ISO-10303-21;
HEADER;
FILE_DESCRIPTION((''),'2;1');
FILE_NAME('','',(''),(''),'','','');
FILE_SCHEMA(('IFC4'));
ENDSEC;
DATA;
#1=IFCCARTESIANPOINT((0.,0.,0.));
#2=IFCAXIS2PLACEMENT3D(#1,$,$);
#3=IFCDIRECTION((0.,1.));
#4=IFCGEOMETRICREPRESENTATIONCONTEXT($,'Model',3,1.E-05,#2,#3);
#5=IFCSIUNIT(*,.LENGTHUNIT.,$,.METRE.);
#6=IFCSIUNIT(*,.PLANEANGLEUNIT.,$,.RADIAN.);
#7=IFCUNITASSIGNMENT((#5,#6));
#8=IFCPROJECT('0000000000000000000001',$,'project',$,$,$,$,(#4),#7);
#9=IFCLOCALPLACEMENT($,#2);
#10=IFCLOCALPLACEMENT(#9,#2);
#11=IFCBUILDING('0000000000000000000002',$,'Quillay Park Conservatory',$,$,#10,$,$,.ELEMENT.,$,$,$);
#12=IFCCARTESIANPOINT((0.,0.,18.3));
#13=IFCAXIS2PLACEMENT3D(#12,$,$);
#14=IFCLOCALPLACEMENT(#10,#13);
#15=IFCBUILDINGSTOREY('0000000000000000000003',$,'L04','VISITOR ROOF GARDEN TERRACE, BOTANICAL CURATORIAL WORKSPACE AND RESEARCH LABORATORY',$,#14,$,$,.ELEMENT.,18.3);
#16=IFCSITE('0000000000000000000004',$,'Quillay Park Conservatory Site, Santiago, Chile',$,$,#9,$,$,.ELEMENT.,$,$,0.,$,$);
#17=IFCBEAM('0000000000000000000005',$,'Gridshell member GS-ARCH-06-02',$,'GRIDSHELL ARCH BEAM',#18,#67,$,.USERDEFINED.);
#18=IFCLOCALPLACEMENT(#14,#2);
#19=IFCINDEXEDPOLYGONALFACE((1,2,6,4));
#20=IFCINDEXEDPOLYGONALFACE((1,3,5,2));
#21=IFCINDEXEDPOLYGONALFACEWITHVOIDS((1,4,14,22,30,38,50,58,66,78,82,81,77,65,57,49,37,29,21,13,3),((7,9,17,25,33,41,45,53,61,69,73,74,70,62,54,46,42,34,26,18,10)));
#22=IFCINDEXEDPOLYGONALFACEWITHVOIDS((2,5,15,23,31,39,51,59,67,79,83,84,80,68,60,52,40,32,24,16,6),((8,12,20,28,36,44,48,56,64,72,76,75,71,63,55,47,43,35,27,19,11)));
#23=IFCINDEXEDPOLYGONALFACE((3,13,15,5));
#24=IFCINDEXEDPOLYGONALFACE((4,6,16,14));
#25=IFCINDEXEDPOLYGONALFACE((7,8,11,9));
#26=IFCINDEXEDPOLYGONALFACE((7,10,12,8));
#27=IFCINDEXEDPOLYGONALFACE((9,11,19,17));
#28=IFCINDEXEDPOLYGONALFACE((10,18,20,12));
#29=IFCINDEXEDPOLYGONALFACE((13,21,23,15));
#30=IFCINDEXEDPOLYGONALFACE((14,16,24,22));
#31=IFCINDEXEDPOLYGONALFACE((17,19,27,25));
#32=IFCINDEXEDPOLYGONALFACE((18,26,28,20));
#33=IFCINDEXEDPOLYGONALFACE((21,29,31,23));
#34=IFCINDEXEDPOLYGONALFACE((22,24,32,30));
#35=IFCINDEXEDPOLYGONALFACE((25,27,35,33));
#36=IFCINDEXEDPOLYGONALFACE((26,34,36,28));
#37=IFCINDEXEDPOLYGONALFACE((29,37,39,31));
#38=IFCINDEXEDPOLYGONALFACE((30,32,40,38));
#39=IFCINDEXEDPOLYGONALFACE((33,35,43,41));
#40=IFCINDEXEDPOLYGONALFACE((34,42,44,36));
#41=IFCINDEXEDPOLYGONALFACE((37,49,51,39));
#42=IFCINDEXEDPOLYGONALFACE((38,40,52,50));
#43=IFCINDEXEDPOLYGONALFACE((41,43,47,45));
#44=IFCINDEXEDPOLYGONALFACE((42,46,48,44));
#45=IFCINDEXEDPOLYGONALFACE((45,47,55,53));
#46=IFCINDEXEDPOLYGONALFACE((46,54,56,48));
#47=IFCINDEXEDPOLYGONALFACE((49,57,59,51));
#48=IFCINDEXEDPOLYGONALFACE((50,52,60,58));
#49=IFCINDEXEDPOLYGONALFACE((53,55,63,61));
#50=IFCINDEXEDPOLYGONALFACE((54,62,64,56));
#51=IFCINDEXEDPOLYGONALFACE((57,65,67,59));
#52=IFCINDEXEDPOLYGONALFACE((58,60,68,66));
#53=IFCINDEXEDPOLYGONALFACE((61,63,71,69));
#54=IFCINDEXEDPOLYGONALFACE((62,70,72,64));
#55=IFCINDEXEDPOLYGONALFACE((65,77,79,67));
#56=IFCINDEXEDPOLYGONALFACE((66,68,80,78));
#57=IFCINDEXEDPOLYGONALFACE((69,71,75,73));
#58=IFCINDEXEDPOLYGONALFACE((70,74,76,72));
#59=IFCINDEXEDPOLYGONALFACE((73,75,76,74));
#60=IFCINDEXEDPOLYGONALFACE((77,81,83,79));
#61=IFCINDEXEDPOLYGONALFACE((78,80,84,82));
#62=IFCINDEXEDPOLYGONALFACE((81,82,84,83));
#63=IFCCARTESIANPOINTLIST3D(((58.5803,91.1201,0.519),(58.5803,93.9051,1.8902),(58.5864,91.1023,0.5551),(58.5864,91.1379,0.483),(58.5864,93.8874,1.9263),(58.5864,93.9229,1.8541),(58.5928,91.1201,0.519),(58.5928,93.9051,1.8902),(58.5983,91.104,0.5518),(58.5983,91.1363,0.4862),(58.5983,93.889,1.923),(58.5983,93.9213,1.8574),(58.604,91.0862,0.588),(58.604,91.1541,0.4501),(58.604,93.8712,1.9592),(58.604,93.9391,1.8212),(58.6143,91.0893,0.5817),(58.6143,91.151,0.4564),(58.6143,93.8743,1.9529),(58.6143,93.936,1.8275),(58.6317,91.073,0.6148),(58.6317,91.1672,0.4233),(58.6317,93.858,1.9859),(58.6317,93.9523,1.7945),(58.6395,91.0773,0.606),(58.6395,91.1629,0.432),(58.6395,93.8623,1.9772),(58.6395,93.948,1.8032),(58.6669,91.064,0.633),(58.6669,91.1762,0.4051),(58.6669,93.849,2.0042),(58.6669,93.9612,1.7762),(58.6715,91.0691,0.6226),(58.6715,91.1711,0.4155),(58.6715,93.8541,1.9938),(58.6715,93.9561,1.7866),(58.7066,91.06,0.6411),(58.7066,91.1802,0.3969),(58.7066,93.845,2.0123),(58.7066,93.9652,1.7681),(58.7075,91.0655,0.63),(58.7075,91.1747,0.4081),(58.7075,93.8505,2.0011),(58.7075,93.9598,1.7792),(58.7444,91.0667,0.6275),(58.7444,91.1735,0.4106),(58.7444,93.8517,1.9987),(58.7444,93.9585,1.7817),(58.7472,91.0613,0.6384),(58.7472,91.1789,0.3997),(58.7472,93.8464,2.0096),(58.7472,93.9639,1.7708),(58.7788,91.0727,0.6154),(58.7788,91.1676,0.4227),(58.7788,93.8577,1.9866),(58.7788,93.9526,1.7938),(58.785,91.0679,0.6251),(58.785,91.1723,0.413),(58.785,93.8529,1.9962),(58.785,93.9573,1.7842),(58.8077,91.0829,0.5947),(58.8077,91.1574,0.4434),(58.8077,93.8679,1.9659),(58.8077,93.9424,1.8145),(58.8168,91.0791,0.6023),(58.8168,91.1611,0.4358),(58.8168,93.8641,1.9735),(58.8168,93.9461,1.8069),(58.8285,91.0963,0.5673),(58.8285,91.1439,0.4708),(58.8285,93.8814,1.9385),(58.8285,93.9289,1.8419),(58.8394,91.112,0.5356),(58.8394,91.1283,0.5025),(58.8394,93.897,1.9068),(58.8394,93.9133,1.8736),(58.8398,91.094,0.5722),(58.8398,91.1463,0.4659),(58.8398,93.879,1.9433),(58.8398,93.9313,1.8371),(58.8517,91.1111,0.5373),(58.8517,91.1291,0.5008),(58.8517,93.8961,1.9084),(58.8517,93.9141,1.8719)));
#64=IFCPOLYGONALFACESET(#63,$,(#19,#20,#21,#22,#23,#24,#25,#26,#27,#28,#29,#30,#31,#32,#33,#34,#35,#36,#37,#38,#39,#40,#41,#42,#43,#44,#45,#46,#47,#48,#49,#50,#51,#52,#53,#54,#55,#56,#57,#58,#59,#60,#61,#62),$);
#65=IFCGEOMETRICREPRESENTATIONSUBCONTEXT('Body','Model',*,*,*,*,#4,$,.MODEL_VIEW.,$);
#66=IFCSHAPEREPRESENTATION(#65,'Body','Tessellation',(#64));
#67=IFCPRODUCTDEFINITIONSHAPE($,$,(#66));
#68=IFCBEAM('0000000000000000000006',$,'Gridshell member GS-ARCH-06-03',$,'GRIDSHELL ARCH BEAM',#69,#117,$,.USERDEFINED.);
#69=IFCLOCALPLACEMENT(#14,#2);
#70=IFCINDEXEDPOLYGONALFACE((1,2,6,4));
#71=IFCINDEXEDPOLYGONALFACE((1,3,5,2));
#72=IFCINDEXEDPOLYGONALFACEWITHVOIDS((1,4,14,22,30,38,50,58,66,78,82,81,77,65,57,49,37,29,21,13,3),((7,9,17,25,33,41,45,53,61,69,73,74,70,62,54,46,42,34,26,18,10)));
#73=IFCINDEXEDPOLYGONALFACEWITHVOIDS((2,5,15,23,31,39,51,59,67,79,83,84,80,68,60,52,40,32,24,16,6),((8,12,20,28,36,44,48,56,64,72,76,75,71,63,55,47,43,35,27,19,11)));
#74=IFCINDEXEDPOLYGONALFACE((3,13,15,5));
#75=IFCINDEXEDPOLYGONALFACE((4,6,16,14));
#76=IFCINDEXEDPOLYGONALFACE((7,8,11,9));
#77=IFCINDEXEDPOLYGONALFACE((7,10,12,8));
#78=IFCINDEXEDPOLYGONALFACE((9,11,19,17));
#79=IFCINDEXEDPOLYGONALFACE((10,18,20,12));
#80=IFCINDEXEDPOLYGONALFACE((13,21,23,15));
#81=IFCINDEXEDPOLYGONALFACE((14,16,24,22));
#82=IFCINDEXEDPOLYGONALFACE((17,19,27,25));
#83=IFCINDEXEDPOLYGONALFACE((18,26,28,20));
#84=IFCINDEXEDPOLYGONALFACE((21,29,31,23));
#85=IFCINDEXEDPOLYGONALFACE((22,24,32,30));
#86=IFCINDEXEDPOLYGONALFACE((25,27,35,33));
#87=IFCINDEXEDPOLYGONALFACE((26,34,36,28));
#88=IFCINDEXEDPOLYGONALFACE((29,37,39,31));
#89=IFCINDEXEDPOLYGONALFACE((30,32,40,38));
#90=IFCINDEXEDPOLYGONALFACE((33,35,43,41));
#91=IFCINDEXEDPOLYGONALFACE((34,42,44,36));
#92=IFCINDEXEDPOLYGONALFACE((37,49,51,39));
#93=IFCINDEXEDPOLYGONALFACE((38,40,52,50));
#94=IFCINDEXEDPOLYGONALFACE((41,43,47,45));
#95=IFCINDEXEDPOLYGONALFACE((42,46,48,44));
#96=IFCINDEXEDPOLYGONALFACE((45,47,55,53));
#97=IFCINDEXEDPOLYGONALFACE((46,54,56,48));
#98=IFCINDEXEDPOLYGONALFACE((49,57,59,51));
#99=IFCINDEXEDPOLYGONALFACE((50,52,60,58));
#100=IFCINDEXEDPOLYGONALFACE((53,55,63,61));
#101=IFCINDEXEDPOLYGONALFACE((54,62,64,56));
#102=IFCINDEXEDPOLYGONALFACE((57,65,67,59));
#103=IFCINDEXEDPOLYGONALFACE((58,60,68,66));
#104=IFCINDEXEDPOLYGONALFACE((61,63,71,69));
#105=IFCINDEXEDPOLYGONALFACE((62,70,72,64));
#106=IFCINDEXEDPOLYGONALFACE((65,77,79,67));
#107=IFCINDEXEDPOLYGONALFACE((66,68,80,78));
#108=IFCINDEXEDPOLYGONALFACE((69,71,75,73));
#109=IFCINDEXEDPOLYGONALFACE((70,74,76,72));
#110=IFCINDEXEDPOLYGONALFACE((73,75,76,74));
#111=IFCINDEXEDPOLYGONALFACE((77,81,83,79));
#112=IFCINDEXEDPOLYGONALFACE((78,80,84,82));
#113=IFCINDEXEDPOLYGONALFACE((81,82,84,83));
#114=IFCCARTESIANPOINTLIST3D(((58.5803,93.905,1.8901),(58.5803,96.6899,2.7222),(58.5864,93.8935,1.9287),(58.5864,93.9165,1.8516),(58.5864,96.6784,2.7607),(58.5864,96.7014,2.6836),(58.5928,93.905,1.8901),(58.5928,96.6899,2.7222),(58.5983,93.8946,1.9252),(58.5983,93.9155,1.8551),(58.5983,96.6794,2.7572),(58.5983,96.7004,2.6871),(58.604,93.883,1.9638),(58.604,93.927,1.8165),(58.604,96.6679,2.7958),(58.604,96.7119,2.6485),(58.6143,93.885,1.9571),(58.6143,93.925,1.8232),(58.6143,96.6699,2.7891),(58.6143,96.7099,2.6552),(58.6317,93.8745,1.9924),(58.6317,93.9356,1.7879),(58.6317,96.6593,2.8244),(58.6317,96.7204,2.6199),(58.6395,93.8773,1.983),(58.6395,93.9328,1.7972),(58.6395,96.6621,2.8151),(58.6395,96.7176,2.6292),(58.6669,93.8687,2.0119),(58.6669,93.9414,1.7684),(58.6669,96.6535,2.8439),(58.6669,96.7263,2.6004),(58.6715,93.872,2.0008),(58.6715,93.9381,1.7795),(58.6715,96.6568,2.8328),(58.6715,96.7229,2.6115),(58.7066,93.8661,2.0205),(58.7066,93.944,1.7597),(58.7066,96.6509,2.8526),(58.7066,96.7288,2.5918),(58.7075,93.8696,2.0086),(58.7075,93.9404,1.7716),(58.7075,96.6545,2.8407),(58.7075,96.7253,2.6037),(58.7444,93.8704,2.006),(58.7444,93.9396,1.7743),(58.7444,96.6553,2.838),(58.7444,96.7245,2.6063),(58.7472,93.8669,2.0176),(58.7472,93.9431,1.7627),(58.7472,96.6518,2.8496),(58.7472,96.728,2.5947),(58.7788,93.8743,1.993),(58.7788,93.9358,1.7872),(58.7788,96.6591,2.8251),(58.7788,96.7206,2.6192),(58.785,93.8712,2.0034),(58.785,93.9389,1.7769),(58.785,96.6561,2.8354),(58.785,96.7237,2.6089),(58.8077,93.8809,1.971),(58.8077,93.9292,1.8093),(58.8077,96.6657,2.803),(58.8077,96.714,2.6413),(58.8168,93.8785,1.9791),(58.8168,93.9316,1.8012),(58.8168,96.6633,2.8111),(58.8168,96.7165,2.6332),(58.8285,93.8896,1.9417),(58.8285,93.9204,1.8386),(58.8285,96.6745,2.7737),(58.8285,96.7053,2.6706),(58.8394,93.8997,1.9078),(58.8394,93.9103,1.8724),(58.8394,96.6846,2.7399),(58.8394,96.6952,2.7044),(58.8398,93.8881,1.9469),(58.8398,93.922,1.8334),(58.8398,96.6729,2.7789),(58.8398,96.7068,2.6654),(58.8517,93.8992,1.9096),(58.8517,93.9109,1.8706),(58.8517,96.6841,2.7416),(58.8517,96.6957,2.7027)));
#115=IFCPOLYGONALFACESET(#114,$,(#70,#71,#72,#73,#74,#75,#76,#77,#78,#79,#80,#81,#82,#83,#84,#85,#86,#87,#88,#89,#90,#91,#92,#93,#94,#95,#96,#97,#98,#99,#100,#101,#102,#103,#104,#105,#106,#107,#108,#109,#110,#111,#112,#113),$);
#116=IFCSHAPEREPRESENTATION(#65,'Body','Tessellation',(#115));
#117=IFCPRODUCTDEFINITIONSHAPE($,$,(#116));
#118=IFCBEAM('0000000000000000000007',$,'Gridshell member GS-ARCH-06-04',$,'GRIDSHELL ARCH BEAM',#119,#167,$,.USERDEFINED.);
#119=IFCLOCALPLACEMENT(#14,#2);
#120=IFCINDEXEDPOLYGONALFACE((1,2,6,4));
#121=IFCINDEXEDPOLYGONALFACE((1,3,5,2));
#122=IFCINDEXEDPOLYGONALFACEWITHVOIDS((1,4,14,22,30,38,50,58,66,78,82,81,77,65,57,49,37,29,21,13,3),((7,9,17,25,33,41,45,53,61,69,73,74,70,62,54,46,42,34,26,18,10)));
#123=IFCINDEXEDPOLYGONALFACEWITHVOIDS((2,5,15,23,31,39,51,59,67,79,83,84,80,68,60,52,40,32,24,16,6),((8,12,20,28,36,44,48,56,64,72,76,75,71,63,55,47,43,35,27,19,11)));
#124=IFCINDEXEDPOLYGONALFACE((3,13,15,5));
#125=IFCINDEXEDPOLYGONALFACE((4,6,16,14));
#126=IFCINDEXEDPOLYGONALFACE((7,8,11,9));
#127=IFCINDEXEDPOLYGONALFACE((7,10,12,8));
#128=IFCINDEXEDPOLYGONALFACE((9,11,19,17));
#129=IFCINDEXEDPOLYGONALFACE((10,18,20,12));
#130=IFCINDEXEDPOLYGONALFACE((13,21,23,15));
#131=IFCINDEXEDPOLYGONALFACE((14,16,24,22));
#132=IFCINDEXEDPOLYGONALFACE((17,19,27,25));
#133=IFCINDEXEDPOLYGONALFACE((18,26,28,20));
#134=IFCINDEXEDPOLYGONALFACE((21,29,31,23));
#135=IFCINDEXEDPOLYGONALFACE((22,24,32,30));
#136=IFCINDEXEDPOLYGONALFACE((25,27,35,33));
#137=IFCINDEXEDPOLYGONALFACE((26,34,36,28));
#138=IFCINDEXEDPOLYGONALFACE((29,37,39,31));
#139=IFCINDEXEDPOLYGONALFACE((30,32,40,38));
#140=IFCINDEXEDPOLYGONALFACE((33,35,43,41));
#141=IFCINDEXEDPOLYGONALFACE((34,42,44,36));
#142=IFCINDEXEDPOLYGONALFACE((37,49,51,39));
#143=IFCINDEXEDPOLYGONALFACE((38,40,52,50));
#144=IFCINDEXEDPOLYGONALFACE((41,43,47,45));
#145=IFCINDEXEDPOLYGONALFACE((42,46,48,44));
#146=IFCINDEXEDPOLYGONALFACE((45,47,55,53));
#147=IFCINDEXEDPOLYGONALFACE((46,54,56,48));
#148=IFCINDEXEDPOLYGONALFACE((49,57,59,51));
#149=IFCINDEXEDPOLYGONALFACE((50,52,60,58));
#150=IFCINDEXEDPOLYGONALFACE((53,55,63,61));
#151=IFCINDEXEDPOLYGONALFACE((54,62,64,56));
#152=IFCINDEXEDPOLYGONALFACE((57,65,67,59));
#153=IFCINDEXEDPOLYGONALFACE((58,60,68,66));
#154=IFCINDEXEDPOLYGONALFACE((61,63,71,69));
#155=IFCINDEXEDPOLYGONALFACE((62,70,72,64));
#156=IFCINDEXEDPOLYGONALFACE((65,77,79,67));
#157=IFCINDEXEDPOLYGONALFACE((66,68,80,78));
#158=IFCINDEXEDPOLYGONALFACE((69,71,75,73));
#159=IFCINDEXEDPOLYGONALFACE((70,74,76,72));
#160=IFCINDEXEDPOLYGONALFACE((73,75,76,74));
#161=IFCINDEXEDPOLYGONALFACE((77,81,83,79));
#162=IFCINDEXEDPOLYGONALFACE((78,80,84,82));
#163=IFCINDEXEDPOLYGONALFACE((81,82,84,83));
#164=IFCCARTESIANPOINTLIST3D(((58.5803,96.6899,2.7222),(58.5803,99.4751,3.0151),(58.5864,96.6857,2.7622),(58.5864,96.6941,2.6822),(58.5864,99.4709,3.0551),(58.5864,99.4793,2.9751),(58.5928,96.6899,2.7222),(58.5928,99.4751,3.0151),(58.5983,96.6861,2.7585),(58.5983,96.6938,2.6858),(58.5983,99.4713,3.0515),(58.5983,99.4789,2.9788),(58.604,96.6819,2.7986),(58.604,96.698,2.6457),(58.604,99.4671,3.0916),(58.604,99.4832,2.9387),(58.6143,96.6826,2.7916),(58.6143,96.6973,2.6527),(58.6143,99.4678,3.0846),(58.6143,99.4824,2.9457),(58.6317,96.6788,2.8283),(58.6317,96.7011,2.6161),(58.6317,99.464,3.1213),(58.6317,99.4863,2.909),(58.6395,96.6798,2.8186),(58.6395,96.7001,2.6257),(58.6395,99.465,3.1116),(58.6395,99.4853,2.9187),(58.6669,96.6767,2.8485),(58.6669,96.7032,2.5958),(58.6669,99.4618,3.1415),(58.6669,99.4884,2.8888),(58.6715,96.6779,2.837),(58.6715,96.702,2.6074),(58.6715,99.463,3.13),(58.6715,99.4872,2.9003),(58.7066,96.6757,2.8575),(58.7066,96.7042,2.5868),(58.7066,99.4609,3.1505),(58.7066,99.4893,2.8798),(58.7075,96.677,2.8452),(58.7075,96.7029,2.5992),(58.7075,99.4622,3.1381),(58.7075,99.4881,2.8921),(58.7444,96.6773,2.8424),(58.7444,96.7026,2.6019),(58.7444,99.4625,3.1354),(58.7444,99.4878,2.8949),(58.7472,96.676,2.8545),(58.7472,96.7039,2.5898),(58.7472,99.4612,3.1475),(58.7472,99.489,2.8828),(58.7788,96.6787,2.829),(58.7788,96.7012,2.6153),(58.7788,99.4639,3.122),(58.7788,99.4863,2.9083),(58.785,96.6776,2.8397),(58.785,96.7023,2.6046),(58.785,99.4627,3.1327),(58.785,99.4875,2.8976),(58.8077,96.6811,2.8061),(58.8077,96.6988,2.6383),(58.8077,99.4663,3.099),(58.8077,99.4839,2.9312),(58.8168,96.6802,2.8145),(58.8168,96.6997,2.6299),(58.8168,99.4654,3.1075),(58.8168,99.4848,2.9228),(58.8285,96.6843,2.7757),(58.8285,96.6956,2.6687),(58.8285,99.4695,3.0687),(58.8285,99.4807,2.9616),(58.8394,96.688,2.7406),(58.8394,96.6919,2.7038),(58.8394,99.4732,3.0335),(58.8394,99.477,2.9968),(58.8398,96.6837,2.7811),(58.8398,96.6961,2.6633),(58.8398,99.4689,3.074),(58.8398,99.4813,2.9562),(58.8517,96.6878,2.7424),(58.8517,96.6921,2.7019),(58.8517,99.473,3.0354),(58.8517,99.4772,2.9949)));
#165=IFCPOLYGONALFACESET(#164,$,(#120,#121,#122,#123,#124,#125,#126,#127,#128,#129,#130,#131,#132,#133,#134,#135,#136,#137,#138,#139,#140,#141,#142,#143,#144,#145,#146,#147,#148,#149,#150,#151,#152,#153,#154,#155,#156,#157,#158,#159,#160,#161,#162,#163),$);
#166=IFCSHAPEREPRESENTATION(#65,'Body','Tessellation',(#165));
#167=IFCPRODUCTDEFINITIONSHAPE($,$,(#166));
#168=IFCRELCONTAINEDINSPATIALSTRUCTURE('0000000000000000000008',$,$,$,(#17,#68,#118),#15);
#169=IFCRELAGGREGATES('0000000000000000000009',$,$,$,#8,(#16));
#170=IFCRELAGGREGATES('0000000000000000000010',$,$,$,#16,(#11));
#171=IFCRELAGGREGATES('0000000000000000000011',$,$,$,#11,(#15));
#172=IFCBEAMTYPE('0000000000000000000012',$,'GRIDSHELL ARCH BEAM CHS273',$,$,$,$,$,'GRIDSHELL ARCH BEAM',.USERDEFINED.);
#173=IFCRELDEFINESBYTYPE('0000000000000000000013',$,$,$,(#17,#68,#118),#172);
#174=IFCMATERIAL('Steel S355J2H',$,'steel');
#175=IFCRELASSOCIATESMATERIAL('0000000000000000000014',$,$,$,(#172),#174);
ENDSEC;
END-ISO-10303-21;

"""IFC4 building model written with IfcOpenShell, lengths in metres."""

from ifc_helpers import new_model, si_unit, direction, frame, origin, origin_2d, place, context, subcontext, project, spatial, hollow_circle, extrude, material, material_profile, profile_set, type_object, element, save


model = new_model("IFC4")

# Units and contexts
model_context = context("Model", 3, precision=1e-05, world=origin(), true_north=direction((0.0, 1.0)))
body_context = subcontext(model_context, "Body", "Model", "MODEL_VIEW")
ifc_project = project(units=[si_unit("LENGTHUNIT", "METRE"), si_unit("PLANEANGLEUNIT", "RADIAN")], contexts=[model_context])

# Site, building, storey
site_placement = place(None, origin())
site = spatial("IfcSite", under=ifc_project, at=site_placement, Name="Quillay Park Conservatory Site, Santiago, Chile", CompositionType="ELEMENT", RefElevation=0.0)
building_placement = place(site_placement, origin())
building = spatial("IfcBuilding", under=site, at=building_placement, Name="Quillay Park Conservatory", CompositionType="ELEMENT")
storey_placement = place(building_placement, frame((0.0, 0.0, 18.3)))
storey = spatial("IfcBuildingStorey", under=building, at=storey_placement, Name="L04", Description="VISITOR ROOF GARDEN TERRACE, BOTANICAL CURATORIAL WORKSPACE AND RESEARCH LABORATORY", CompositionType="ELEMENT", Elevation=18.3)

# Beams
ifc_material_1 = material(Name="Steel S355J2H", Category="steel")
ifc_material_profile_1 = material_profile(ifc_material_1, hollow_circle(Radius=0.1365, WallThickness=0.0125, at=origin_2d()), Name="CHS273x12.5")
ifc_profile_set_1 = profile_set([ifc_material_profile_1], Name="Steel S355J2H")
beam_type = type_object("IfcBeamType", Name="GRIDSHELL ARCH BEAM CHS273", ElementType="GRIDSHELL ARCH BEAM", PredefinedType="USERDEFINED", material=ifc_profile_set_1)
beam_1_placement = place(storey_placement, frame((58.7168, 91.1201, 0.519), z_axis=(0.0, 0.897163, 0.4417), x_axis=(-1.0, 0.0, 0.0)))
element("IfcBeam", 1, at=beam_1_placement, inside=storey, type_object=beam_type, Name="Gridshell member GS-ARCH-06-02", ObjectType="GRIDSHELL ARCH BEAM", PredefinedType="USERDEFINED", context=body_context, shape_type="SweptSolid", body=[
    extrude(hollow_circle(Radius=0.1365, WallThickness=0.0125, at=origin_2d()), origin(), (0.0, 0.0, 1.0), 3.1042),
])
beam_2_placement = place(storey_placement, frame((58.7168, 93.905, 1.8901), z_axis=(0.0, 0.958152, 0.286261), x_axis=(-1.0, 0.0, 0.0)))
element("IfcBeam", 2, at=beam_2_placement, inside=storey, type_object=beam_type, Name="Gridshell member GS-ARCH-06-03", ObjectType="GRIDSHELL ARCH BEAM", PredefinedType="USERDEFINED", context=body_context, shape_type="SweptSolid", body=[
    extrude(hollow_circle(Radius=0.1365, WallThickness=0.0125, at=origin_2d()), origin(), (0.0, 0.0, 1.0), 2.9065),
])
beam_3_placement = place(storey_placement, frame((58.7168, 96.6899, 2.7222), z_axis=(0.0, 0.994513, 0.104612), x_axis=(-1.0, 0.0, 0.0)))
element("IfcBeam", 3, at=beam_3_placement, inside=storey, type_object=beam_type, Name="Gridshell member GS-ARCH-06-04", ObjectType="GRIDSHELL ARCH BEAM", PredefinedType="USERDEFINED", context=body_context, shape_type="SweptSolid", body=[
    extrude(hollow_circle(Radius=0.1365, WallThickness=0.0125, at=origin_2d()), origin(), (0.0, 0.0, 1.0), 2.8005),
])

save(model, "model.ifc")
